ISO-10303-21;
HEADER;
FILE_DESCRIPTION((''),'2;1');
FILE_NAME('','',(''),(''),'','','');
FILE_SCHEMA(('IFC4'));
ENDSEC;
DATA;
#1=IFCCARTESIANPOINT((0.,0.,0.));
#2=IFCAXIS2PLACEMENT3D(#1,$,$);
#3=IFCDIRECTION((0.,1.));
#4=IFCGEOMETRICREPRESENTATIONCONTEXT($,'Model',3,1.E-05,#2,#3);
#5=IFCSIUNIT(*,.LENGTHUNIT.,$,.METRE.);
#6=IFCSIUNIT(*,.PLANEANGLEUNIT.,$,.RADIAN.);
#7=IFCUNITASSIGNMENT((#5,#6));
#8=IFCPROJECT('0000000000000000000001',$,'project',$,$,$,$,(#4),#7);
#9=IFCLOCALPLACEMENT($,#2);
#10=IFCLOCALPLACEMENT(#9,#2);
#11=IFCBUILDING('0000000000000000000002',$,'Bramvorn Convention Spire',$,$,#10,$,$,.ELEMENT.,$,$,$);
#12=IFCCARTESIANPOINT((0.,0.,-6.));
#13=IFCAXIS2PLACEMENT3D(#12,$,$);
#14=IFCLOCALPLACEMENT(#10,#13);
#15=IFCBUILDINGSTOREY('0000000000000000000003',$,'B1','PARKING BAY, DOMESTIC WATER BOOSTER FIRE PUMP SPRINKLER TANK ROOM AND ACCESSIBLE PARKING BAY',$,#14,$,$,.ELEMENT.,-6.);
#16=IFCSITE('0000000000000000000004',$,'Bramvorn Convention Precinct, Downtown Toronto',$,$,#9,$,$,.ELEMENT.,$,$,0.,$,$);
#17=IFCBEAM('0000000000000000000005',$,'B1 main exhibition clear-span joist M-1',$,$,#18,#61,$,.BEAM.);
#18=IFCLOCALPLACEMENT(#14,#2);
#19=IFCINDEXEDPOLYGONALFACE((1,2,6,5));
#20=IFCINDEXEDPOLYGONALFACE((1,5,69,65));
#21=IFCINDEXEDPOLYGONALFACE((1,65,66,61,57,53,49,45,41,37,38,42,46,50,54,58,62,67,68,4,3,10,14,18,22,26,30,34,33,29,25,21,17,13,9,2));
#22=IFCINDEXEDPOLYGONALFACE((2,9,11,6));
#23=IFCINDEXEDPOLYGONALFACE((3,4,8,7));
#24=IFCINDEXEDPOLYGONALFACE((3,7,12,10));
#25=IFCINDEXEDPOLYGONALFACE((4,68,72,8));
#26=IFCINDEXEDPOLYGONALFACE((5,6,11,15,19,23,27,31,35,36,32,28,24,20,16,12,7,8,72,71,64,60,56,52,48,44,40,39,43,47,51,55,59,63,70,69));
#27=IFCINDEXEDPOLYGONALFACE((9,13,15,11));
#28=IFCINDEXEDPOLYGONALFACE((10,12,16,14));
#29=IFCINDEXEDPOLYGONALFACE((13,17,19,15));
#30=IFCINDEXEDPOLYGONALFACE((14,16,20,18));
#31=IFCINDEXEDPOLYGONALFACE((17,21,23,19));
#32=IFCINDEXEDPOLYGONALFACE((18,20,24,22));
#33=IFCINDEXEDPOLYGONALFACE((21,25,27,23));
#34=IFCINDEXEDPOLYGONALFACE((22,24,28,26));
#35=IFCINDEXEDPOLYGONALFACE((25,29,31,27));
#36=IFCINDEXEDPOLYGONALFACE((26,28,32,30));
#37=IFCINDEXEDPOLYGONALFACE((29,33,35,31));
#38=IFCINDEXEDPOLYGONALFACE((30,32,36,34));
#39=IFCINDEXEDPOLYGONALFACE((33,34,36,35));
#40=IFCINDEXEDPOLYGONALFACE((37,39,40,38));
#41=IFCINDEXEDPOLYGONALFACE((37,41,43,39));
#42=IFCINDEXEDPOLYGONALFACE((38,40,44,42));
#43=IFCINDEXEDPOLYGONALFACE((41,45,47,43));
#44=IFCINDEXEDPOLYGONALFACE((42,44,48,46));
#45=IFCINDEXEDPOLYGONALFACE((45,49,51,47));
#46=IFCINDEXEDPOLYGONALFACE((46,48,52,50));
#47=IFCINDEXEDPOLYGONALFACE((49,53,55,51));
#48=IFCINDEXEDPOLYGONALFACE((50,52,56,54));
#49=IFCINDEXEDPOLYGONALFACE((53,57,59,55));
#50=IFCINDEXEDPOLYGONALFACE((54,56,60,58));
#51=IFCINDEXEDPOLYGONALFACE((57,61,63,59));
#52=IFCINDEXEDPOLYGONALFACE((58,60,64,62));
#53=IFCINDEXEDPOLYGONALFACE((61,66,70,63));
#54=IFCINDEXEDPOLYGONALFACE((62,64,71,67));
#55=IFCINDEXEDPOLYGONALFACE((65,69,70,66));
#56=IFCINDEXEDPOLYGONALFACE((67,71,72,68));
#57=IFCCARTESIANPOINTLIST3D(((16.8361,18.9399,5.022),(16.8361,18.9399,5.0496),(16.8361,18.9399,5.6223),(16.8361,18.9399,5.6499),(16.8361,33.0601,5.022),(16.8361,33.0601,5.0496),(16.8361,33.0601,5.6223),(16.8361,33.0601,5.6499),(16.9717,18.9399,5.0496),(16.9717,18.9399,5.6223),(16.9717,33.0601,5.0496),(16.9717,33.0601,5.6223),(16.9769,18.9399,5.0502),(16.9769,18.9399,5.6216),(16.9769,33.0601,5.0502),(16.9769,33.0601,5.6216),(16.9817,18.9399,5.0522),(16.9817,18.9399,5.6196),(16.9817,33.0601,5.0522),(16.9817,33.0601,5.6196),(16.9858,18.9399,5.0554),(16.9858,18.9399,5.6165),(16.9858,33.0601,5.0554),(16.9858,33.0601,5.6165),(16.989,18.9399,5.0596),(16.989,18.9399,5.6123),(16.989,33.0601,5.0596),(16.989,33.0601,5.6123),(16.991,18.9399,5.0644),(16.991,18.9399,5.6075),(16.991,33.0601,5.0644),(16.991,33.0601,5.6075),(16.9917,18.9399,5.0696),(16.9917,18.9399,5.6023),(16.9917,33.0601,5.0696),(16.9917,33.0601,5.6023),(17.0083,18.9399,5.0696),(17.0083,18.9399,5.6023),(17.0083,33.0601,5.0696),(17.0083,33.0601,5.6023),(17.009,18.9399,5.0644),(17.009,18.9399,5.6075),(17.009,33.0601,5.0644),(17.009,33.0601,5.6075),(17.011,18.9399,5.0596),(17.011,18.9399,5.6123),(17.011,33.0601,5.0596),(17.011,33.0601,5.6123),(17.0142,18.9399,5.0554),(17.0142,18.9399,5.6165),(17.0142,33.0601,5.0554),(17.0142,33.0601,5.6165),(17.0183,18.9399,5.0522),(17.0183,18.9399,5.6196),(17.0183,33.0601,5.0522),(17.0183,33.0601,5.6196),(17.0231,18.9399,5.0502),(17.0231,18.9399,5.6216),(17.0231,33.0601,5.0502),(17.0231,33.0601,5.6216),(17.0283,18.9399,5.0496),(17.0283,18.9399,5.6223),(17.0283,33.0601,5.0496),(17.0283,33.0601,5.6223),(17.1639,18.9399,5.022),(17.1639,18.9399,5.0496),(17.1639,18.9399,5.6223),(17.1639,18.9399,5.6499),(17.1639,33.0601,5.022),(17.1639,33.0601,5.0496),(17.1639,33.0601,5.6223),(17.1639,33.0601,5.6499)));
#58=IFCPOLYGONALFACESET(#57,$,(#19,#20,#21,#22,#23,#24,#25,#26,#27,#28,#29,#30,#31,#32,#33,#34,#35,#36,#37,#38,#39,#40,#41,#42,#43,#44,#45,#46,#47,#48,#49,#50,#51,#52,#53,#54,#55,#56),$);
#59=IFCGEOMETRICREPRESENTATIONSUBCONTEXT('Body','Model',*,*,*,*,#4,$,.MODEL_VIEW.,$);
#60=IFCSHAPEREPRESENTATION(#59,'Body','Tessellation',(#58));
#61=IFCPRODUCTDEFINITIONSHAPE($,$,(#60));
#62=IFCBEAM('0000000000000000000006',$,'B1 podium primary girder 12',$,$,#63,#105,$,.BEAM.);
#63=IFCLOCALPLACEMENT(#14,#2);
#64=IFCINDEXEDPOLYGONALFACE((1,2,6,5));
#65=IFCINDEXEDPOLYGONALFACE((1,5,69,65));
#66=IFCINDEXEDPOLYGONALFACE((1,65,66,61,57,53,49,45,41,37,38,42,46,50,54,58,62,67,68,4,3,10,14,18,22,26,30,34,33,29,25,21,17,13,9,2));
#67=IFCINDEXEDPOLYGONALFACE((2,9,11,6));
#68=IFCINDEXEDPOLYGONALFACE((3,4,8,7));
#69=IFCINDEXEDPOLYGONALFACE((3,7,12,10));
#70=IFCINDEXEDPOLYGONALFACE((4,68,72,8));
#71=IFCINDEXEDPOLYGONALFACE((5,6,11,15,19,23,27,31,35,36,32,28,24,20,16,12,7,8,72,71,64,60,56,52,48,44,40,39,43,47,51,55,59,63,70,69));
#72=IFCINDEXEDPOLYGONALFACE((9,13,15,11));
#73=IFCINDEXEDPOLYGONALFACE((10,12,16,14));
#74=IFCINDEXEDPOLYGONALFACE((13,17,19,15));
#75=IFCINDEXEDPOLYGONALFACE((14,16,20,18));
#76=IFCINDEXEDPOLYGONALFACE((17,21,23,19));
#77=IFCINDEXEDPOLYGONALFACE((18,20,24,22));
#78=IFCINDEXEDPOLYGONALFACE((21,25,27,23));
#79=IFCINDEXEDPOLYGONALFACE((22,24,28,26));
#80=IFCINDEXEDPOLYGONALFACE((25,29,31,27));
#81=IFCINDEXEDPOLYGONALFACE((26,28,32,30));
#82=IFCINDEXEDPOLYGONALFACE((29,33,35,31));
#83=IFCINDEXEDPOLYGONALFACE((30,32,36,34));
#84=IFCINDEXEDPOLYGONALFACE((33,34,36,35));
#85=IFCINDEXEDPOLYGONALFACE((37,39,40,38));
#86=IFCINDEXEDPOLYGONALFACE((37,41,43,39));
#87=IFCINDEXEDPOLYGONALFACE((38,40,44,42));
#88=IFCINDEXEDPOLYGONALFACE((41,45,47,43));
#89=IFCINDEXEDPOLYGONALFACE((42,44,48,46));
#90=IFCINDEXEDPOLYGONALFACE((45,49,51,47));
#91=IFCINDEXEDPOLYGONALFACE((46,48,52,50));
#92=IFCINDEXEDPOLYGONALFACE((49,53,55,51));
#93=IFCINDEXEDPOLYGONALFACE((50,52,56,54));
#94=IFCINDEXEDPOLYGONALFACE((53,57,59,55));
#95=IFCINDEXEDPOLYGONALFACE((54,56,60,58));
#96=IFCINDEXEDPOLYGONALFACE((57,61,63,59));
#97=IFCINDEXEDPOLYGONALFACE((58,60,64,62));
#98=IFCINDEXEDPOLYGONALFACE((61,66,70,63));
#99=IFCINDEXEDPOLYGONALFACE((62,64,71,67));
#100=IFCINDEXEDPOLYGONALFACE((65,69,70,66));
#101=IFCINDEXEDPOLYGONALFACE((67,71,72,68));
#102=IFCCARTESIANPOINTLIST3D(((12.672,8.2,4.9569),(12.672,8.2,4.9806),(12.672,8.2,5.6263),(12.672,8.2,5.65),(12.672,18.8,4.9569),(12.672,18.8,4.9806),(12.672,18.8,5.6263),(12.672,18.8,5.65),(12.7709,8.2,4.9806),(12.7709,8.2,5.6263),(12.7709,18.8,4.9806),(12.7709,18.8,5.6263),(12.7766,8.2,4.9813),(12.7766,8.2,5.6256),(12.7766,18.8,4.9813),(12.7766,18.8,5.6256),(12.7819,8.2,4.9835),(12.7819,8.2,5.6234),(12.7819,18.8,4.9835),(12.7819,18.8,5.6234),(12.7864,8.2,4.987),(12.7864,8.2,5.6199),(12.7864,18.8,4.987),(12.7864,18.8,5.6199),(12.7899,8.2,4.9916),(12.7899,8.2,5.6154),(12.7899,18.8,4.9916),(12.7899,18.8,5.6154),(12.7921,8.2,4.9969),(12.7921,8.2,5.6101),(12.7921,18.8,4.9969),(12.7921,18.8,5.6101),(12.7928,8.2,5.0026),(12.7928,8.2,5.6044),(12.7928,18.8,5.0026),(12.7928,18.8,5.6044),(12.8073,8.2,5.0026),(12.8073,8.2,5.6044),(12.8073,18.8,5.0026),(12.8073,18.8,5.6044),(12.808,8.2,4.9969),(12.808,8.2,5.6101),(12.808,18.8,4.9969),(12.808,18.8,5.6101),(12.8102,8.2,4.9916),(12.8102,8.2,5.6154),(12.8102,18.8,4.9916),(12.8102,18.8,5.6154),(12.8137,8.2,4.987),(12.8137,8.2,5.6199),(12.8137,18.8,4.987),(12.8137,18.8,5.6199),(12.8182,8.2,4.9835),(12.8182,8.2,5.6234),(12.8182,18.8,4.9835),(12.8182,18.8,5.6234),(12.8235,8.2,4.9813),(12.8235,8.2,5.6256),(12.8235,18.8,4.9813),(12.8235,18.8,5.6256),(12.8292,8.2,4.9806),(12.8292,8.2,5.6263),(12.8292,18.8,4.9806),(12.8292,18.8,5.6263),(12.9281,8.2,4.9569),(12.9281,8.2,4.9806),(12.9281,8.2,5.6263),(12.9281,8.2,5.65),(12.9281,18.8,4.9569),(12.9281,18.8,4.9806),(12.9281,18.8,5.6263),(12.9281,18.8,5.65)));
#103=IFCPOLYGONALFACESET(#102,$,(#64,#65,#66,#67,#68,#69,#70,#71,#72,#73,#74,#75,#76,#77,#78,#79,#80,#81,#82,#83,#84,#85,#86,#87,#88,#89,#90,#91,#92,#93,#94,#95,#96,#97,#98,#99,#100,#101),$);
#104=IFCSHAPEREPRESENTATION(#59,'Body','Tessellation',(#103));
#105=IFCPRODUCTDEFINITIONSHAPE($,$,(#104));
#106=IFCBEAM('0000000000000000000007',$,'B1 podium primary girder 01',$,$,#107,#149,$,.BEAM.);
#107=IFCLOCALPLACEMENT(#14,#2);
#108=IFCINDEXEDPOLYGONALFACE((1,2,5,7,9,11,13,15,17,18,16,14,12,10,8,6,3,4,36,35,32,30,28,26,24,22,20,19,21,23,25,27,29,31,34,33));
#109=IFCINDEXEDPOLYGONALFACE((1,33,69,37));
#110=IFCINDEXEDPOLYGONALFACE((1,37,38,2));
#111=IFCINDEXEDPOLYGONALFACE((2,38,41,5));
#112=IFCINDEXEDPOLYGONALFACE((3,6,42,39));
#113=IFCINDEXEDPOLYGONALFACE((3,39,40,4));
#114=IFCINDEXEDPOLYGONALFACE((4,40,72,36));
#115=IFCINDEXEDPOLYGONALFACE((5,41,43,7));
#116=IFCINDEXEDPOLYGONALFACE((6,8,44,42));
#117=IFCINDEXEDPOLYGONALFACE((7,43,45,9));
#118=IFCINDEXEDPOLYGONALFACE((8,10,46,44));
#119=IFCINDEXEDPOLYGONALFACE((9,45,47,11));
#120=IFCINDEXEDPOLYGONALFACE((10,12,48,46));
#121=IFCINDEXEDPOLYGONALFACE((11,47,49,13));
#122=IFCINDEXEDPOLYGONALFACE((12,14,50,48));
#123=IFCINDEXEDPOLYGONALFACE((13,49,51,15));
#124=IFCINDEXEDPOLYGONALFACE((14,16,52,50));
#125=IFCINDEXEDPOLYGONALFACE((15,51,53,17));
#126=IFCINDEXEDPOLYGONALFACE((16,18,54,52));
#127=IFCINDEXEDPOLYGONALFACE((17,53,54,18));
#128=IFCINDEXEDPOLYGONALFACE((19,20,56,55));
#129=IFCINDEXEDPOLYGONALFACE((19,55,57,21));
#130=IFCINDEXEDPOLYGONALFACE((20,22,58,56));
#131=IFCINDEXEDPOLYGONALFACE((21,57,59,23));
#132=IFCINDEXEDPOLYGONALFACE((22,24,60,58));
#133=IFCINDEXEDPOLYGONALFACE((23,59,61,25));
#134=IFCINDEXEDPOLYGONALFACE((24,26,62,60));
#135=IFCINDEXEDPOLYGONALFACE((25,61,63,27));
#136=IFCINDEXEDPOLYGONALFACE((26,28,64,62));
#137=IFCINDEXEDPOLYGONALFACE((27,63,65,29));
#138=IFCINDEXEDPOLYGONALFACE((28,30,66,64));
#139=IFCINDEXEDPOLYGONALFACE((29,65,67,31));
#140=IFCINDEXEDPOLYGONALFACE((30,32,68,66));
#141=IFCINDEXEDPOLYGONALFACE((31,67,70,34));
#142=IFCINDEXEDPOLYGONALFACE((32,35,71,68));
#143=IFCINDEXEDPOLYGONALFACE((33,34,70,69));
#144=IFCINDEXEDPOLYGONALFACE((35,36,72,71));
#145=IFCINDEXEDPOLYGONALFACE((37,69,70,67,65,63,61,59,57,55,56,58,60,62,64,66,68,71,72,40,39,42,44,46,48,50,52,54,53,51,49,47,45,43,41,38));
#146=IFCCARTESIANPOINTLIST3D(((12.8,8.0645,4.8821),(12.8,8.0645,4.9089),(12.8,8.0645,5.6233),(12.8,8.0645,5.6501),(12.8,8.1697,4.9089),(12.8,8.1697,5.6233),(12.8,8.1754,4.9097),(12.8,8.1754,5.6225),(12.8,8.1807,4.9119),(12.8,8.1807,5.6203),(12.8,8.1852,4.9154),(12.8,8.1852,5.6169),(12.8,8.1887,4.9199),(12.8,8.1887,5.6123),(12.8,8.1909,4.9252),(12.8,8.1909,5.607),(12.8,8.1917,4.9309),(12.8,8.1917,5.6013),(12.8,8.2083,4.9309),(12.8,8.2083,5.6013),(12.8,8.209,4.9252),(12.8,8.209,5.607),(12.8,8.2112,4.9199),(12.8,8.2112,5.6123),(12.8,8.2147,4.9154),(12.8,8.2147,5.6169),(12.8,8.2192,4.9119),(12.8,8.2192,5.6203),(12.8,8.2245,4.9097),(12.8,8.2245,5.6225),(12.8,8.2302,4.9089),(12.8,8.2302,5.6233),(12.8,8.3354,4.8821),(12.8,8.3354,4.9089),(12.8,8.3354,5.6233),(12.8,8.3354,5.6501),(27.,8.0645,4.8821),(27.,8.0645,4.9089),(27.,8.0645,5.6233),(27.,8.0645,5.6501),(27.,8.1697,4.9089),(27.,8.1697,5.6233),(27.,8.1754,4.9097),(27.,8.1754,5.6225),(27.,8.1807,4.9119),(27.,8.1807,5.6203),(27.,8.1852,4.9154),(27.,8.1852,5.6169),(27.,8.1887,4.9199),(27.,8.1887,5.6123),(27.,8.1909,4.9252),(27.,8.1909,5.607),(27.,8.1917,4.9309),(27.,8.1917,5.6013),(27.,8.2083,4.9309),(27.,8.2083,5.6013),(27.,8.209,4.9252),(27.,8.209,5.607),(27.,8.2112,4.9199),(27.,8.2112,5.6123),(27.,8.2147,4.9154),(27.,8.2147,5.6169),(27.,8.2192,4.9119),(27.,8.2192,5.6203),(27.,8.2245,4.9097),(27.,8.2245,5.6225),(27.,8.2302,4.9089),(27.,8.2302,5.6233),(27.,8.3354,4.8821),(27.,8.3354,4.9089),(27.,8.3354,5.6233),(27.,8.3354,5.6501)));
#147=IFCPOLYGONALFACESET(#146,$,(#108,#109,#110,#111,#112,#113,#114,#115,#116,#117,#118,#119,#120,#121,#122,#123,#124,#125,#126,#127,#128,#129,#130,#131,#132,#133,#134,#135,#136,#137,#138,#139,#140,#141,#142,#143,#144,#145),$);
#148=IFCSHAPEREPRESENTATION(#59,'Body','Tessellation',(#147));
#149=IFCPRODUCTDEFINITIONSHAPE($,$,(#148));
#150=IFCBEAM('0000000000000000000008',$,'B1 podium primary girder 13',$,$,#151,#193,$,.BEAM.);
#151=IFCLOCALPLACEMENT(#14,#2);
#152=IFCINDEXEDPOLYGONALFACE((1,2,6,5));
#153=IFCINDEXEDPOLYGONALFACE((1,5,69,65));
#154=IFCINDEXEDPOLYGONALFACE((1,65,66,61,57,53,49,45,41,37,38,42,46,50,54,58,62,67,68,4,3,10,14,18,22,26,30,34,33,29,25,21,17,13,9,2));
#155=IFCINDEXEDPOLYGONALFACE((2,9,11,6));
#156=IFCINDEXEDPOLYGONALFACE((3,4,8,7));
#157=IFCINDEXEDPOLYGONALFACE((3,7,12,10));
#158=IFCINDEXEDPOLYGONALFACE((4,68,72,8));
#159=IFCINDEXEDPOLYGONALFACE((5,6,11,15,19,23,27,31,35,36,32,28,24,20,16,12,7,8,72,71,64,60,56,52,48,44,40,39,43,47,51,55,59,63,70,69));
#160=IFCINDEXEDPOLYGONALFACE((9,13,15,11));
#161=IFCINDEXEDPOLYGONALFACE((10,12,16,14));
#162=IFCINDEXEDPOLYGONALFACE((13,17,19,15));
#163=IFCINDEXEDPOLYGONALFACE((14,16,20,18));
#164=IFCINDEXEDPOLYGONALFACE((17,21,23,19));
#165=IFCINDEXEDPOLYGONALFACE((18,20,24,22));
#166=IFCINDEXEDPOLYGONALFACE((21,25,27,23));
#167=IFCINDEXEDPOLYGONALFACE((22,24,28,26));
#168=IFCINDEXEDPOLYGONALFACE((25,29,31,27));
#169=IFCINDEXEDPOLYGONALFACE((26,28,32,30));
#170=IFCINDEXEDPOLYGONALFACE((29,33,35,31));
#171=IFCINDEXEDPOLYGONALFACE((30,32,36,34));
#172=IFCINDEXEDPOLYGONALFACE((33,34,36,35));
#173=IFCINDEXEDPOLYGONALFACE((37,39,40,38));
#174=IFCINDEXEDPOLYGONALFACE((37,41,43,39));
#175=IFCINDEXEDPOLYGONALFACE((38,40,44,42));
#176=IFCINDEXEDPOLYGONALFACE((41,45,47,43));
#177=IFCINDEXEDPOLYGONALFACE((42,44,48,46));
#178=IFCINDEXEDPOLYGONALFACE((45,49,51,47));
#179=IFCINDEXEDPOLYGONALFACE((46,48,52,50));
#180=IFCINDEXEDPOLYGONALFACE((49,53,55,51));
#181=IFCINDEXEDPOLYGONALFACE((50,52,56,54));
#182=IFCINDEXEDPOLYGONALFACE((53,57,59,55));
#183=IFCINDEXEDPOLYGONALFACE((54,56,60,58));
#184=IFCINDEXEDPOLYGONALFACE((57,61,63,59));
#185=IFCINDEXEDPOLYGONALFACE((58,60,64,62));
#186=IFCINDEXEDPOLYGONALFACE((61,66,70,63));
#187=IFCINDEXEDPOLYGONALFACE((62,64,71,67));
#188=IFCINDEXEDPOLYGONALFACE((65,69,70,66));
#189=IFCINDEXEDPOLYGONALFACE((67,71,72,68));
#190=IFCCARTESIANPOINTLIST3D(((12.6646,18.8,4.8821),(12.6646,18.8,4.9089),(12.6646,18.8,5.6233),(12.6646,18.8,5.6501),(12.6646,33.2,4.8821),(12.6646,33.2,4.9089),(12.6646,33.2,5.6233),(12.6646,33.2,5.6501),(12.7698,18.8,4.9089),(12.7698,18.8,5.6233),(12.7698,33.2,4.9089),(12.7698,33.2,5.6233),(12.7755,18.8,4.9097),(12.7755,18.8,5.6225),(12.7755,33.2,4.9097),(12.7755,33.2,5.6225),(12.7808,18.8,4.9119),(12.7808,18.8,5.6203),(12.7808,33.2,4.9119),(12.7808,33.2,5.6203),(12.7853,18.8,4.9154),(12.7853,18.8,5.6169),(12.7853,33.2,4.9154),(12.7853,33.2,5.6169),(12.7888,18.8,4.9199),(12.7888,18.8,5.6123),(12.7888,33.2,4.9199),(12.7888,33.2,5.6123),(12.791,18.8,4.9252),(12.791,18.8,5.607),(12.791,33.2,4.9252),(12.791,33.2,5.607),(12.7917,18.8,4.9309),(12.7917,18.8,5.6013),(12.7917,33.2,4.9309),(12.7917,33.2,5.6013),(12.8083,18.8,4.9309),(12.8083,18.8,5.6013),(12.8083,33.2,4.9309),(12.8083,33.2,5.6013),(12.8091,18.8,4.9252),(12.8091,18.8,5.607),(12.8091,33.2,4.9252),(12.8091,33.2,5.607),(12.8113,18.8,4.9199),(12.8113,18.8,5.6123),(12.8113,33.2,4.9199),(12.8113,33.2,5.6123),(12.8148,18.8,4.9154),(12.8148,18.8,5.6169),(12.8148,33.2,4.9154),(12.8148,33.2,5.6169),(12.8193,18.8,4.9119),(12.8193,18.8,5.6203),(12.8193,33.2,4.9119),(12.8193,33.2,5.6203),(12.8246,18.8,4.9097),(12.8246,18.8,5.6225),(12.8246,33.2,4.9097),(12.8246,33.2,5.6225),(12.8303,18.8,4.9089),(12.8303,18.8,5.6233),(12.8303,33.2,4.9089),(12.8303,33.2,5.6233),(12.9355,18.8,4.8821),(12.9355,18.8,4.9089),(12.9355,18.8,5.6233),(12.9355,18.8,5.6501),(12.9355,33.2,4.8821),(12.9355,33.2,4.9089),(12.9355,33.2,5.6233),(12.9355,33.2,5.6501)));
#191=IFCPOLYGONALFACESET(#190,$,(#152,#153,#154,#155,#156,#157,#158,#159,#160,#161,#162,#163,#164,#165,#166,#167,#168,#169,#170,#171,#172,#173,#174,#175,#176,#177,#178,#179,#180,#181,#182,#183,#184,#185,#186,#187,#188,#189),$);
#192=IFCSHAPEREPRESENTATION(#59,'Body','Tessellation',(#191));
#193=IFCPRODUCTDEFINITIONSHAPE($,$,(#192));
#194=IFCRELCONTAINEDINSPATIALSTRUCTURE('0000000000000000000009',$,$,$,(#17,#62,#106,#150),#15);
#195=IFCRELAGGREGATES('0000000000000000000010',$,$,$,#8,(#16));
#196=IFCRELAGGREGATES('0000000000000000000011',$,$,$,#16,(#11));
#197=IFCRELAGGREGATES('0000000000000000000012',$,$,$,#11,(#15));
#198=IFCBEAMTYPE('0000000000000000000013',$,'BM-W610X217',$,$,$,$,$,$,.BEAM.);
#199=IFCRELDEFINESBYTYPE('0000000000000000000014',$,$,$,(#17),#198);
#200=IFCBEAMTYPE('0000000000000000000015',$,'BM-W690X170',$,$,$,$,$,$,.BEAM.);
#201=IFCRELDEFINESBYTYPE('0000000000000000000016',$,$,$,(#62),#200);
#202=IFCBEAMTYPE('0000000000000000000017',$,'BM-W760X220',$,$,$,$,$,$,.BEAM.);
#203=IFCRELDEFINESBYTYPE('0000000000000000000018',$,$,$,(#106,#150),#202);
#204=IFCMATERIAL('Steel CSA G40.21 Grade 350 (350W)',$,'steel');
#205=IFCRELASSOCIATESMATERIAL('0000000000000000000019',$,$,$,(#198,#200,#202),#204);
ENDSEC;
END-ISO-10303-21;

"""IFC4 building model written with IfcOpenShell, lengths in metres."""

from ifc_helpers import new_model, si_unit, direction, frame, origin, origin_2d, place, context, subcontext, project, spatial, i_section, extrude, material, material_profile, profile_set, type_object, element, save


model = new_model("IFC4")

# Units and contexts
model_context = context("Model", 3, precision=1e-05, world=origin(), true_north=direction((0.0, 1.0)))
body_context = subcontext(model_context, "Body", "Model", "MODEL_VIEW")
ifc_project = project(units=[si_unit("LENGTHUNIT", "METRE"), si_unit("PLANEANGLEUNIT", "RADIAN")], contexts=[model_context])

# Site, building, storey
site_placement = place(None, origin())
site = spatial("IfcSite", under=ifc_project, at=site_placement, Name="Bramvorn Convention Precinct, Downtown Toronto", CompositionType="ELEMENT", RefElevation=0.0)
building_placement = place(site_placement, origin())
building = spatial("IfcBuilding", under=site, at=building_placement, Name="Bramvorn Convention Spire", CompositionType="ELEMENT")
storey_placement = place(building_placement, frame((0.0, 0.0, -6.0)))
storey = spatial("IfcBuildingStorey", under=building, at=storey_placement, Name="B1", Description="PARKING BAY, DOMESTIC WATER BOOSTER FIRE PUMP SPRINKLER TANK ROOM AND ACCESSIBLE PARKING BAY", CompositionType="ELEMENT", Elevation=-6.0)

# Shared definitions
ifc_material_1 = material(Name="Steel CSA G40.21 Grade 350 (350W)", Category="steel")

# Beams
ifc_material_profile_1 = material_profile(ifc_material_1, i_section(OverallWidth=0.3279, OverallDepth=0.6279, WebThickness=0.0166, FlangeThickness=0.0276, FilletRadius=0.02, at=origin_2d()))
ifc_profile_set_1 = profile_set([ifc_material_profile_1], Name="Steel CSA G40.21 Grade 350 (350W) - W610X217")
beam_type_1 = type_object("IfcBeamType", Name="BM-W610X217", PredefinedType="BEAM", material=ifc_profile_set_1)
beam_1_placement = place(storey_placement, frame((17.0, 18.9399, 5.3359), z_axis=(0.0, 1.0, 0.0), x_axis=(-1.0, 0.0, 0.0)))
element("IfcBeam", 1, at=beam_1_placement, inside=storey, type_object=beam_type_1, Name="B1 main exhibition clear-span joist M-1", PredefinedType="BEAM", context=body_context, shape_type="SweptSolid", body=[
    extrude(i_section(OverallWidth=0.3279, OverallDepth=0.6279, WebThickness=0.0166, FlangeThickness=0.0276, FilletRadius=0.02, at=origin_2d()), origin(), (0.0, 0.0, 1.0), 14.1201),
])
ifc_material_profile_2 = material_profile(ifc_material_1, i_section(OverallWidth=0.2561, OverallDepth=0.6931, WebThickness=0.0144, FlangeThickness=0.0237, FilletRadius=0.022, at=origin_2d()))
ifc_profile_set_2 = profile_set([ifc_material_profile_2], Name="Steel CSA G40.21 Grade 350 (350W) - W690X170")
beam_type_2 = type_object("IfcBeamType", Name="BM-W690X170", PredefinedType="BEAM", material=ifc_profile_set_2)
beam_2_placement = place(storey_placement, frame((12.8, 8.2, 5.3035), z_axis=(0.0, 1.0, 0.0), x_axis=(-1.0, 0.0, 0.0)))
element("IfcBeam", 2, at=beam_2_placement, inside=storey, type_object=beam_type_2, Name="B1 podium primary girder 12", PredefinedType="BEAM", context=body_context, shape_type="SweptSolid", body=[
    extrude(i_section(OverallWidth=0.2561, OverallDepth=0.6931, WebThickness=0.0144, FlangeThickness=0.0237, FilletRadius=0.022, at=origin_2d()), origin(), (0.0, 0.0, 1.0), 10.6001),
])
ifc_material_profile_3 = material_profile(ifc_material_1, i_section(OverallWidth=0.271, OverallDepth=0.7681, WebThickness=0.0166, FlangeThickness=0.0269, FilletRadius=0.022, at=origin_2d()))
ifc_profile_set_3 = profile_set([ifc_material_profile_3], Name="Steel CSA G40.21 Grade 350 (350W) - W760X220")
beam_type_3 = type_object("IfcBeamType", Name="BM-W760X220", PredefinedType="BEAM", material=ifc_profile_set_3)
beam_3_placement = place(storey_placement, frame((12.8, 8.2, 5.2661), z_axis=(1.0, 0.0, 0.0), x_axis=(0.0, 1.0, 0.0)))
element("IfcBeam", 3, at=beam_3_placement, inside=storey, type_object=beam_type_3, Name="B1 podium primary girder 01", PredefinedType="BEAM", context=body_context, shape_type="SweptSolid", body=[
    extrude(i_section(OverallWidth=0.271, OverallDepth=0.7681, WebThickness=0.0166, FlangeThickness=0.0269, FilletRadius=0.022, at=origin_2d()), origin(), (0.0, 0.0, 1.0), 14.2),
])
beam_4_placement = place(storey_placement, frame((12.8, 18.8, 5.2661), z_axis=(0.0, 1.0, 0.0), x_axis=(-1.0, 0.0, 0.0)))
element("IfcBeam", 4, at=beam_4_placement, inside=storey, type_object=beam_type_3, Name="B1 podium primary girder 13", PredefinedType="BEAM", context=body_context, shape_type="SweptSolid", body=[
    extrude(i_section(OverallWidth=0.271, OverallDepth=0.7681, WebThickness=0.0166, FlangeThickness=0.0269, FilletRadius=0.022, at=origin_2d()), origin(), (0.0, 0.0, 1.0), 14.3999),
])

save(model, "model.ifc")
